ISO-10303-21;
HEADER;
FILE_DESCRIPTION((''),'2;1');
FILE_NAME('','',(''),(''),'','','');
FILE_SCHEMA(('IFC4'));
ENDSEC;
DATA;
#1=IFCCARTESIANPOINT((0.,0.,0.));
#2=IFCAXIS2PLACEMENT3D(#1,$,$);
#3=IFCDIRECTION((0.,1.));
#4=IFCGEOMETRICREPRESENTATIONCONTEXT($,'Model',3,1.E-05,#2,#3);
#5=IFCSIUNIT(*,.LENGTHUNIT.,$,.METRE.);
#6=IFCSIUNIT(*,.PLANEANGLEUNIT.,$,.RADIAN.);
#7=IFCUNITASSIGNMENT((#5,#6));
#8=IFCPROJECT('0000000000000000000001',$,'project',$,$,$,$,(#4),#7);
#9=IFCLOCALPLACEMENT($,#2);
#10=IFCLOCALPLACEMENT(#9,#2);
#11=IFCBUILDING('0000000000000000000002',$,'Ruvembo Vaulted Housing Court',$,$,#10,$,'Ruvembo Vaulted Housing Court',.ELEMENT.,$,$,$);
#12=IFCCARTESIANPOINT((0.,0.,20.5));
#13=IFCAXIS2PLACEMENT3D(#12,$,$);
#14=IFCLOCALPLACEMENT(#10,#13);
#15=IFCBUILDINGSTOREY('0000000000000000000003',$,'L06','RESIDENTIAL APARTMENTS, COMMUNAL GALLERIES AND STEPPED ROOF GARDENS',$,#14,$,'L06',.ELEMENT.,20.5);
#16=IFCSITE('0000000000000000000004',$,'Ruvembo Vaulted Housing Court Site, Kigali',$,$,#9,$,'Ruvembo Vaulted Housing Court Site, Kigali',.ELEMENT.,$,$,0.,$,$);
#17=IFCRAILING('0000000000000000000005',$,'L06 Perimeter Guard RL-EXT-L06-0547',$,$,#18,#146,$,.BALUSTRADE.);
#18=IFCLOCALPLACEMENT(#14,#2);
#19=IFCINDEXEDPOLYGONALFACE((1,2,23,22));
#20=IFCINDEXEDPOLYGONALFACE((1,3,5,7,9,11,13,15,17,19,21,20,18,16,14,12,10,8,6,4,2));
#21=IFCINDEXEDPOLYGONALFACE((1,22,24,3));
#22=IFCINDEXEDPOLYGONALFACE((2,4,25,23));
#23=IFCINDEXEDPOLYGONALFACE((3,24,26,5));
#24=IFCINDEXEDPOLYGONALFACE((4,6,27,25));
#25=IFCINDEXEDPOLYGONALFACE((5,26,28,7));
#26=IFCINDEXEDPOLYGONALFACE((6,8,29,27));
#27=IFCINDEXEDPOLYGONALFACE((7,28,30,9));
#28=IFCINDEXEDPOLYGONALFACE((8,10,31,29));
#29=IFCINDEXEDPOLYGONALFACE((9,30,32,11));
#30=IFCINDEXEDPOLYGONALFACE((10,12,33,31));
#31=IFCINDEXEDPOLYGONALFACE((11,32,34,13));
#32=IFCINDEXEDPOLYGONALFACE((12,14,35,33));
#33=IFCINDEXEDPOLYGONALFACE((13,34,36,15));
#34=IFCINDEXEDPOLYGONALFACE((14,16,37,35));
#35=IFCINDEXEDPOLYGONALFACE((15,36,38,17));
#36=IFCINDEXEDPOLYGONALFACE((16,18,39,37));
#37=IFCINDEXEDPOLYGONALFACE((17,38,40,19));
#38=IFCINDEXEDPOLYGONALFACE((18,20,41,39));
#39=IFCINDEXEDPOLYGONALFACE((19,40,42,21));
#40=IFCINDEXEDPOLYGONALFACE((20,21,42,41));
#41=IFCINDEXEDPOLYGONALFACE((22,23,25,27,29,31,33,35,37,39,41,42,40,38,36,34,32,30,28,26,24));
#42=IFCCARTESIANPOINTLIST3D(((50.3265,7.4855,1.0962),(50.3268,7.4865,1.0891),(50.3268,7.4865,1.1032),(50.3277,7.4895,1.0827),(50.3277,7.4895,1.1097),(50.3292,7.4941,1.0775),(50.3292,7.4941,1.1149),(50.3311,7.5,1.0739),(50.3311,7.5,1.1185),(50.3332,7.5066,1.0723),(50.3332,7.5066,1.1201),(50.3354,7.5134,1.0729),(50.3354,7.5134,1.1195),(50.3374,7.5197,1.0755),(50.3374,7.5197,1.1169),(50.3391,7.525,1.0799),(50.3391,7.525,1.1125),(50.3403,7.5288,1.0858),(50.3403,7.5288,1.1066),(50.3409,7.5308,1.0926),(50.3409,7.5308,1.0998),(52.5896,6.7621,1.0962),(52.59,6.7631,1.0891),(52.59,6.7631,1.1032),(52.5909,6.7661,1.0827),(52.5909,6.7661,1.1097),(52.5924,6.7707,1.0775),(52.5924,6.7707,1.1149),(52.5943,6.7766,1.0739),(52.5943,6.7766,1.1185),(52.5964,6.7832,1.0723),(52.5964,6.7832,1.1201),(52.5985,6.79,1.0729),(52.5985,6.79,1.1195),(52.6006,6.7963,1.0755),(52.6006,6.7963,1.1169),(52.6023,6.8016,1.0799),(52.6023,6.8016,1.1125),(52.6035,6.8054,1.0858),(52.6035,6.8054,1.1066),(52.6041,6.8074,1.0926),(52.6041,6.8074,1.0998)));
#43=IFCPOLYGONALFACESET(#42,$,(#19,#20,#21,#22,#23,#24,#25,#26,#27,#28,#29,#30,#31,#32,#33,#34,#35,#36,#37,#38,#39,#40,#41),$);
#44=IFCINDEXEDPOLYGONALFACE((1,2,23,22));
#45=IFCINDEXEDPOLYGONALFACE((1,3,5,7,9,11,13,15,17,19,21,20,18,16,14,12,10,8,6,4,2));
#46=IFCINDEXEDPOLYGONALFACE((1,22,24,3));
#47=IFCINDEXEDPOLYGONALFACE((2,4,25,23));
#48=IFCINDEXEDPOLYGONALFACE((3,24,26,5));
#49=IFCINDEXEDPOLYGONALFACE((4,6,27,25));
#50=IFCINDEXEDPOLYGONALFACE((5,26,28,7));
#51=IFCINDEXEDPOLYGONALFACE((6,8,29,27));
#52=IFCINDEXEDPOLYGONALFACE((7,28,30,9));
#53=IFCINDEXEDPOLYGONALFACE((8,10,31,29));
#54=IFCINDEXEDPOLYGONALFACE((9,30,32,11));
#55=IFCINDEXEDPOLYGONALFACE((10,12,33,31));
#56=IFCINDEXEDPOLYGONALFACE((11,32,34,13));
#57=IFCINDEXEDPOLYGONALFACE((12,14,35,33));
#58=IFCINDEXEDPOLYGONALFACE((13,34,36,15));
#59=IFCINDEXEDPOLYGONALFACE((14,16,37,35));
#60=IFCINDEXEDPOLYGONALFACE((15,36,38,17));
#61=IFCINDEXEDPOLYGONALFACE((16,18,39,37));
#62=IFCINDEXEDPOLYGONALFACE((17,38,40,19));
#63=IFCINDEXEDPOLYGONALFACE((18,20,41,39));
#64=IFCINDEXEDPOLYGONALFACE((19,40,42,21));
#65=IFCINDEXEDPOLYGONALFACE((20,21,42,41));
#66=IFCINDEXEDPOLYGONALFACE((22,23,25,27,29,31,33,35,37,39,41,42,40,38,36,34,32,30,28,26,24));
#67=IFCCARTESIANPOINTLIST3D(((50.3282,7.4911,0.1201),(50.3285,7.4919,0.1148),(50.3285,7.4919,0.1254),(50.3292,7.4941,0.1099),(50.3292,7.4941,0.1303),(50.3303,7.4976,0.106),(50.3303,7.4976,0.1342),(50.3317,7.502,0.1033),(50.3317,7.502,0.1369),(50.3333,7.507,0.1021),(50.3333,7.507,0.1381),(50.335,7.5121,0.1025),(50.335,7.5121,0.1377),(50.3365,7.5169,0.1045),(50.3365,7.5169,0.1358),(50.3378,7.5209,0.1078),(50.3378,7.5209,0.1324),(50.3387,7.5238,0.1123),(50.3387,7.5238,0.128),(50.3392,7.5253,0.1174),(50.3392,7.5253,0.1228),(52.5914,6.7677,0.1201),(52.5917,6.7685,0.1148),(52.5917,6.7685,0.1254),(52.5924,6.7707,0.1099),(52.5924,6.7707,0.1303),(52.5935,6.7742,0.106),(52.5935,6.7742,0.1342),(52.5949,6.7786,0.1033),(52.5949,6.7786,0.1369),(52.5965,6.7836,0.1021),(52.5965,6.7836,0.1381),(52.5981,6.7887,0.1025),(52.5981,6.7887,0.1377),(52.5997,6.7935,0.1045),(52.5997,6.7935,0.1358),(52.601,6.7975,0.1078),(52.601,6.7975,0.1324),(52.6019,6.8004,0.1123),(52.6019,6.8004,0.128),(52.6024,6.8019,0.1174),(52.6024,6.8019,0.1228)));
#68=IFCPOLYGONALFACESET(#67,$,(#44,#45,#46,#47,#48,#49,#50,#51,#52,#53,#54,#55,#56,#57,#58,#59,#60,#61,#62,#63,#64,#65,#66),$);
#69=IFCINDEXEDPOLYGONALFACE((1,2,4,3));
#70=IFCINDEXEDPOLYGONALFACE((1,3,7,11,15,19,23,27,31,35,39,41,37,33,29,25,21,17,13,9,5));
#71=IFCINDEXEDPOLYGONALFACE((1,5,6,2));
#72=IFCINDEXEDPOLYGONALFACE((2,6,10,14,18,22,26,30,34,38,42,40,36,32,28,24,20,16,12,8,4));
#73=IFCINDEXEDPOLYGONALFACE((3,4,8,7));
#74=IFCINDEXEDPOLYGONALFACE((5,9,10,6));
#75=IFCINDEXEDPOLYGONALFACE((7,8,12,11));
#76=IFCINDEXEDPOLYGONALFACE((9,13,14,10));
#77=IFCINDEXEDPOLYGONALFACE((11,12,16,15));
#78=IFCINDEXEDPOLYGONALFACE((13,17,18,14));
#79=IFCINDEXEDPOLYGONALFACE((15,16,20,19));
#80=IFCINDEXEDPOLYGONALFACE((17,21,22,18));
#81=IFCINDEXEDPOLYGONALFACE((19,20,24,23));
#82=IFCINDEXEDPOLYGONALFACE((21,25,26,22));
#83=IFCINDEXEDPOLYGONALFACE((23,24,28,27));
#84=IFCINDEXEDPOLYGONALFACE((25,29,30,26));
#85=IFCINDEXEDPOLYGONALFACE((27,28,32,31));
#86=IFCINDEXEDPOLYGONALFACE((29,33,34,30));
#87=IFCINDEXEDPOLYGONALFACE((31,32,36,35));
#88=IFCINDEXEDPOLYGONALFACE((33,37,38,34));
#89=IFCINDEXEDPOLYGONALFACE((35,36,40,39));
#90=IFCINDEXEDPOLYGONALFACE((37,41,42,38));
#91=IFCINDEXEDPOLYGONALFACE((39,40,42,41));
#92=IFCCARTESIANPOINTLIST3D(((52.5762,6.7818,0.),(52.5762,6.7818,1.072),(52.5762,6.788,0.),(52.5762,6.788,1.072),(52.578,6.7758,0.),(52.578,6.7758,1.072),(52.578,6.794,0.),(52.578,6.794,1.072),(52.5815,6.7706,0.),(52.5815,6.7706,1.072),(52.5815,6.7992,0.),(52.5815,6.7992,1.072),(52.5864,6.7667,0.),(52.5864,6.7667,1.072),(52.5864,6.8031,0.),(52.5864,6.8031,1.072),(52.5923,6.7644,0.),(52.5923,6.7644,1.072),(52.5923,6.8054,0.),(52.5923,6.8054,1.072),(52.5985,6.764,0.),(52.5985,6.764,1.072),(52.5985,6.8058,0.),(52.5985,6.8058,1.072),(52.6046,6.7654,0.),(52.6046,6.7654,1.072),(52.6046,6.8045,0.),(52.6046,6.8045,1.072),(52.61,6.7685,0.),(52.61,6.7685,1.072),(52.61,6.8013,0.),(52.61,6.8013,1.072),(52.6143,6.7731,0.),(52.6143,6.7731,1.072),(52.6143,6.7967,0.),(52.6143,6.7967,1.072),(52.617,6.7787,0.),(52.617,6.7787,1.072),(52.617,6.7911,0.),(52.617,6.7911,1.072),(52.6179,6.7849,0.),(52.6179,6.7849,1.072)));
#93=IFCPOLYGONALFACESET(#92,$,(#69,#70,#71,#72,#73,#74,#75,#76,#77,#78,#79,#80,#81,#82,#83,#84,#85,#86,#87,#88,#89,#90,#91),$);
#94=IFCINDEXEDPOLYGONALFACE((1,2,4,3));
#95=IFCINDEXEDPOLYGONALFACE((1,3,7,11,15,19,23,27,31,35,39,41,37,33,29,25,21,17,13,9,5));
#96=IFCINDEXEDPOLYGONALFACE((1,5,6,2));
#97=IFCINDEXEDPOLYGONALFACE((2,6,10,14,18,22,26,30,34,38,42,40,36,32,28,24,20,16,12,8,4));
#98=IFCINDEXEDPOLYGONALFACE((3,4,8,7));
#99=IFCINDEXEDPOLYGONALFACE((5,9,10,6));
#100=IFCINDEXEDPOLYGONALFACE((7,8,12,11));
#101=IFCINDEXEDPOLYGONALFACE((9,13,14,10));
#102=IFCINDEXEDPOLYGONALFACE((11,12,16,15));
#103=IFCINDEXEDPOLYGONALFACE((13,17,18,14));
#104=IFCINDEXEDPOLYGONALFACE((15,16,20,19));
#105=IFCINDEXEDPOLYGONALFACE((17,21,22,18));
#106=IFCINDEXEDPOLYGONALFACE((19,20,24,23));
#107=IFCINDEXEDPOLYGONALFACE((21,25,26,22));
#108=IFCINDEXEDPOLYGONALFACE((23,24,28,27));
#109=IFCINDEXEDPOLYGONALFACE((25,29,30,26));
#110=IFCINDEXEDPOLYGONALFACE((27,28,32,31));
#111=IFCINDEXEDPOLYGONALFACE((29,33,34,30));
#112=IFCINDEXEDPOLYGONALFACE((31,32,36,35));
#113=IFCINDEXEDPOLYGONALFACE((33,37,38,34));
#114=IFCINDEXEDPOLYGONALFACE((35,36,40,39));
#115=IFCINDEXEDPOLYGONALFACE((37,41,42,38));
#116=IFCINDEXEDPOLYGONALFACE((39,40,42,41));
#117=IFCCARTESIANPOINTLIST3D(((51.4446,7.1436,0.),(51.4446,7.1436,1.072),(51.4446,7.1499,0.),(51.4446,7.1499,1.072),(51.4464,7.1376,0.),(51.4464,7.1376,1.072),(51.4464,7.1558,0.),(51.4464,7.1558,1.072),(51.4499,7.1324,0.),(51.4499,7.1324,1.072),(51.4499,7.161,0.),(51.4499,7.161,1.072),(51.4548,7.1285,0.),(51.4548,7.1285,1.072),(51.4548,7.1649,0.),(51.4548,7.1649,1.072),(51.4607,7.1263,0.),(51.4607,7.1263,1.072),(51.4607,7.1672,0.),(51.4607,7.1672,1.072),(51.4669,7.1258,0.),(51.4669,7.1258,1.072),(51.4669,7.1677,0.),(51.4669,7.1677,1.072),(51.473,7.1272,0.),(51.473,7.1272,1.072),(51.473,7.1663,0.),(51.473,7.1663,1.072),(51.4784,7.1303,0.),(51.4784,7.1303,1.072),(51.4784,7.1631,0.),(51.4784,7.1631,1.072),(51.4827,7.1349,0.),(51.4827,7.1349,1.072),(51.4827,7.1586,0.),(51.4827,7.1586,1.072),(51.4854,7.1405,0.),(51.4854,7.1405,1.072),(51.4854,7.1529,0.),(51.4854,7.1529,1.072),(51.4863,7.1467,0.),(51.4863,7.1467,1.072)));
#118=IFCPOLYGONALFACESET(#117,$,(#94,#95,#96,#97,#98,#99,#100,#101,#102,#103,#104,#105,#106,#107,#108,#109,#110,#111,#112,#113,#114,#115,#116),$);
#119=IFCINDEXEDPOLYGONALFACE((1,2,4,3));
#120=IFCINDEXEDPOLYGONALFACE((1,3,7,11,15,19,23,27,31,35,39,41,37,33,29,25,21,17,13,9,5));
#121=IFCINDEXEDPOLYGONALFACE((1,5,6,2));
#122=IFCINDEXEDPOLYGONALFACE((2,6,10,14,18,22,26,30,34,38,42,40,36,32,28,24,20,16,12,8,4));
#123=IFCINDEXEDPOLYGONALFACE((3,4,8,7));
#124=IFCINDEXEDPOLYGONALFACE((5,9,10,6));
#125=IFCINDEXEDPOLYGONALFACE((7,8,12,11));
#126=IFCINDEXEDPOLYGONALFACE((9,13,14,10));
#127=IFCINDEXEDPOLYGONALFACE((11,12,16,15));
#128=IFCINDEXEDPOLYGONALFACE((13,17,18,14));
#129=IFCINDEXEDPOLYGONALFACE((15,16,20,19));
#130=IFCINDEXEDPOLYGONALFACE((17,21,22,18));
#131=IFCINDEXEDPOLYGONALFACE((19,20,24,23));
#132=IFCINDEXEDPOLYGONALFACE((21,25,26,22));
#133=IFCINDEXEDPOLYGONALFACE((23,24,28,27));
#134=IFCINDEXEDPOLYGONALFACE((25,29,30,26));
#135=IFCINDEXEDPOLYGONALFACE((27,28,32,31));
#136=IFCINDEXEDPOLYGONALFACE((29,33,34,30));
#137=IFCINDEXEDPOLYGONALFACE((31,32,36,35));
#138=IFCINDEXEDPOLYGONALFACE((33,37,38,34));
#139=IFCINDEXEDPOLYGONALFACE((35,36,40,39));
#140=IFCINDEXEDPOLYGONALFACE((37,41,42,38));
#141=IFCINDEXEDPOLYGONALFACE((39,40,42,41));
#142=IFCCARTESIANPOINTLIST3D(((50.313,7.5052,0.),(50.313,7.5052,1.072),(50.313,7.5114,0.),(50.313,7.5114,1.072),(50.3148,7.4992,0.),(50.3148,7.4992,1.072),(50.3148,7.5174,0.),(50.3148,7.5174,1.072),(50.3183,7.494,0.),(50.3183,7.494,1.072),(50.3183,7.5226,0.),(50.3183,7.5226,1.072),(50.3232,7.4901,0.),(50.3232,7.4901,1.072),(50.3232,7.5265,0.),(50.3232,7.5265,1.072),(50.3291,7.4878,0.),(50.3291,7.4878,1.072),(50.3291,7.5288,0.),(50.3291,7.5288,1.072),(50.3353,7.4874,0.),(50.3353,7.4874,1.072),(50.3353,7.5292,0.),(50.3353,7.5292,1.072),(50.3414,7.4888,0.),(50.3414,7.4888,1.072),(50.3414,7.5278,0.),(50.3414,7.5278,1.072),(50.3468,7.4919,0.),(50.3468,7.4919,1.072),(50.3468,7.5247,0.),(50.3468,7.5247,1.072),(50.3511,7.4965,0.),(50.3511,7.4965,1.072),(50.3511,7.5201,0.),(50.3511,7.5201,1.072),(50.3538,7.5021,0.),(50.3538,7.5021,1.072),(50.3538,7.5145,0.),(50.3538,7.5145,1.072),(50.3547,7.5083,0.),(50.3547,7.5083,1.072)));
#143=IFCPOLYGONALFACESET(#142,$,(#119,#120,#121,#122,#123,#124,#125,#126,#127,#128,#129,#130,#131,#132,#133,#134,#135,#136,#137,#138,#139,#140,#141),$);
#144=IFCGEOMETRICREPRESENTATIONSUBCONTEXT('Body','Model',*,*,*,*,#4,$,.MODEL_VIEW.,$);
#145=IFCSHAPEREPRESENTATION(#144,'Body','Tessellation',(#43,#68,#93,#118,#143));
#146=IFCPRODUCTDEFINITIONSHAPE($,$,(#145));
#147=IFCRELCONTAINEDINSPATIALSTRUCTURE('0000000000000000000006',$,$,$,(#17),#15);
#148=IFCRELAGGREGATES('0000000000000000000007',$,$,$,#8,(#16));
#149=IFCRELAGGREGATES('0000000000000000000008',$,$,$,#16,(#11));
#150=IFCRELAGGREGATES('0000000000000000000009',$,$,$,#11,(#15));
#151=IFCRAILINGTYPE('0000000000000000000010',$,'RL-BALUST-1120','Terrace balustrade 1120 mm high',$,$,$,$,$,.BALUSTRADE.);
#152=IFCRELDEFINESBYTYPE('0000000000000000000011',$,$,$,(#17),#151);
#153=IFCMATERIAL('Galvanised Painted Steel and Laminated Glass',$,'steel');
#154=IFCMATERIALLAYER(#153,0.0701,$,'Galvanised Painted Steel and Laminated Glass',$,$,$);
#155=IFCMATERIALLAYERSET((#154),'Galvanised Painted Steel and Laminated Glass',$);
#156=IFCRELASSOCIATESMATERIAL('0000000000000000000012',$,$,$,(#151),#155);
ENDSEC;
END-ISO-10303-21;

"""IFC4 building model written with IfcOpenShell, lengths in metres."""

from ifc_helpers import new_model, si_unit, direction, frame, origin, origin_2d, place, context, subcontext, project, spatial, circle, extrude, material, layer, layer_set, type_object, element, save


model = new_model("IFC4")

# Units and contexts
model_context = context("Model", 3, precision=1e-05, world=origin(), true_north=direction((0.0, 1.0)))
body_context = subcontext(model_context, "Body", "Model", "MODEL_VIEW")
ifc_project = project(units=[si_unit("LENGTHUNIT", "METRE"), si_unit("PLANEANGLEUNIT", "RADIAN")], contexts=[model_context])

# Site, building, storey
site_placement = place(None, origin())
site = spatial("IfcSite", under=ifc_project, at=site_placement, Name="Ruvembo Vaulted Housing Court Site, Kigali", LongName="Ruvembo Vaulted Housing Court Site, Kigali", CompositionType="ELEMENT", RefElevation=0.0)
building_placement = place(site_placement, origin())
building = spatial("IfcBuilding", under=site, at=building_placement, Name="Ruvembo Vaulted Housing Court", LongName="Ruvembo Vaulted Housing Court", CompositionType="ELEMENT")
storey_placement = place(building_placement, frame((0.0, 0.0, 20.5)))
storey = spatial("IfcBuildingStorey", under=building, at=storey_placement, Name="L06", Description="RESIDENTIAL APARTMENTS, COMMUNAL GALLERIES AND STEPPED ROOF GARDENS", LongName="L06", CompositionType="ELEMENT", Elevation=20.5)

# Railing
ifc_material_1 = material(Name="Galvanised Painted Steel and Laminated Glass", Category="steel")
ifc_layer = layer(ifc_material_1, 0.0701, Name="Galvanised Painted Steel and Laminated Glass")
ifc_layer_set = layer_set([ifc_layer], Name="Galvanised Painted Steel and Laminated Glass")
railing_type = type_object("IfcRailingType", Name="RL-BALUST-1120", Description="Terrace balustrade 1120 mm high", PredefinedType="BALUSTRADE", material=ifc_layer_set)
railing_1_placement = place(storey_placement, frame((52.5969, 6.7849, 0.0)))
element("IfcRailing", 1, at=railing_1_placement, inside=storey, type_object=railing_type, Name="L06 Perimeter Guard RL-EXT-L06-0547", PredefinedType="BALUSTRADE", context=body_context, shape_type="SweptSolid", body=[
    extrude(circle(Radius=0.0239, at=origin_2d()), frame((0.0, 0.0, 1.0962), z_axis=(-0.952526, 0.304459, 0.0), x_axis=(-0.304459, -0.952526, 0.0)), (0.0, 0.0, 1.0), 2.376),
    extrude(circle(Radius=0.0181, at=origin_2d()), frame((0.0, 0.0, 0.1201), z_axis=(-0.952526, 0.304459, 0.0), x_axis=(-0.304459, -0.952526, 0.0)), (0.0, 0.0, 1.0), 2.376),
    extrude(circle(Radius=0.021, at=origin_2d()), origin(), (0.0, 0.0, 1.0), 1.072),
    extrude(circle(Radius=0.021, at=origin_2d()), frame((-1.1316, 0.3618, 0.0)), (0.0, 0.0, 1.0), 1.072),
    extrude(circle(Radius=0.021, at=origin_2d()), frame((-2.2632, 0.7234, 0.0)), (0.0, 0.0, 1.0), 1.072),
])

save(model, "model.ifc")
